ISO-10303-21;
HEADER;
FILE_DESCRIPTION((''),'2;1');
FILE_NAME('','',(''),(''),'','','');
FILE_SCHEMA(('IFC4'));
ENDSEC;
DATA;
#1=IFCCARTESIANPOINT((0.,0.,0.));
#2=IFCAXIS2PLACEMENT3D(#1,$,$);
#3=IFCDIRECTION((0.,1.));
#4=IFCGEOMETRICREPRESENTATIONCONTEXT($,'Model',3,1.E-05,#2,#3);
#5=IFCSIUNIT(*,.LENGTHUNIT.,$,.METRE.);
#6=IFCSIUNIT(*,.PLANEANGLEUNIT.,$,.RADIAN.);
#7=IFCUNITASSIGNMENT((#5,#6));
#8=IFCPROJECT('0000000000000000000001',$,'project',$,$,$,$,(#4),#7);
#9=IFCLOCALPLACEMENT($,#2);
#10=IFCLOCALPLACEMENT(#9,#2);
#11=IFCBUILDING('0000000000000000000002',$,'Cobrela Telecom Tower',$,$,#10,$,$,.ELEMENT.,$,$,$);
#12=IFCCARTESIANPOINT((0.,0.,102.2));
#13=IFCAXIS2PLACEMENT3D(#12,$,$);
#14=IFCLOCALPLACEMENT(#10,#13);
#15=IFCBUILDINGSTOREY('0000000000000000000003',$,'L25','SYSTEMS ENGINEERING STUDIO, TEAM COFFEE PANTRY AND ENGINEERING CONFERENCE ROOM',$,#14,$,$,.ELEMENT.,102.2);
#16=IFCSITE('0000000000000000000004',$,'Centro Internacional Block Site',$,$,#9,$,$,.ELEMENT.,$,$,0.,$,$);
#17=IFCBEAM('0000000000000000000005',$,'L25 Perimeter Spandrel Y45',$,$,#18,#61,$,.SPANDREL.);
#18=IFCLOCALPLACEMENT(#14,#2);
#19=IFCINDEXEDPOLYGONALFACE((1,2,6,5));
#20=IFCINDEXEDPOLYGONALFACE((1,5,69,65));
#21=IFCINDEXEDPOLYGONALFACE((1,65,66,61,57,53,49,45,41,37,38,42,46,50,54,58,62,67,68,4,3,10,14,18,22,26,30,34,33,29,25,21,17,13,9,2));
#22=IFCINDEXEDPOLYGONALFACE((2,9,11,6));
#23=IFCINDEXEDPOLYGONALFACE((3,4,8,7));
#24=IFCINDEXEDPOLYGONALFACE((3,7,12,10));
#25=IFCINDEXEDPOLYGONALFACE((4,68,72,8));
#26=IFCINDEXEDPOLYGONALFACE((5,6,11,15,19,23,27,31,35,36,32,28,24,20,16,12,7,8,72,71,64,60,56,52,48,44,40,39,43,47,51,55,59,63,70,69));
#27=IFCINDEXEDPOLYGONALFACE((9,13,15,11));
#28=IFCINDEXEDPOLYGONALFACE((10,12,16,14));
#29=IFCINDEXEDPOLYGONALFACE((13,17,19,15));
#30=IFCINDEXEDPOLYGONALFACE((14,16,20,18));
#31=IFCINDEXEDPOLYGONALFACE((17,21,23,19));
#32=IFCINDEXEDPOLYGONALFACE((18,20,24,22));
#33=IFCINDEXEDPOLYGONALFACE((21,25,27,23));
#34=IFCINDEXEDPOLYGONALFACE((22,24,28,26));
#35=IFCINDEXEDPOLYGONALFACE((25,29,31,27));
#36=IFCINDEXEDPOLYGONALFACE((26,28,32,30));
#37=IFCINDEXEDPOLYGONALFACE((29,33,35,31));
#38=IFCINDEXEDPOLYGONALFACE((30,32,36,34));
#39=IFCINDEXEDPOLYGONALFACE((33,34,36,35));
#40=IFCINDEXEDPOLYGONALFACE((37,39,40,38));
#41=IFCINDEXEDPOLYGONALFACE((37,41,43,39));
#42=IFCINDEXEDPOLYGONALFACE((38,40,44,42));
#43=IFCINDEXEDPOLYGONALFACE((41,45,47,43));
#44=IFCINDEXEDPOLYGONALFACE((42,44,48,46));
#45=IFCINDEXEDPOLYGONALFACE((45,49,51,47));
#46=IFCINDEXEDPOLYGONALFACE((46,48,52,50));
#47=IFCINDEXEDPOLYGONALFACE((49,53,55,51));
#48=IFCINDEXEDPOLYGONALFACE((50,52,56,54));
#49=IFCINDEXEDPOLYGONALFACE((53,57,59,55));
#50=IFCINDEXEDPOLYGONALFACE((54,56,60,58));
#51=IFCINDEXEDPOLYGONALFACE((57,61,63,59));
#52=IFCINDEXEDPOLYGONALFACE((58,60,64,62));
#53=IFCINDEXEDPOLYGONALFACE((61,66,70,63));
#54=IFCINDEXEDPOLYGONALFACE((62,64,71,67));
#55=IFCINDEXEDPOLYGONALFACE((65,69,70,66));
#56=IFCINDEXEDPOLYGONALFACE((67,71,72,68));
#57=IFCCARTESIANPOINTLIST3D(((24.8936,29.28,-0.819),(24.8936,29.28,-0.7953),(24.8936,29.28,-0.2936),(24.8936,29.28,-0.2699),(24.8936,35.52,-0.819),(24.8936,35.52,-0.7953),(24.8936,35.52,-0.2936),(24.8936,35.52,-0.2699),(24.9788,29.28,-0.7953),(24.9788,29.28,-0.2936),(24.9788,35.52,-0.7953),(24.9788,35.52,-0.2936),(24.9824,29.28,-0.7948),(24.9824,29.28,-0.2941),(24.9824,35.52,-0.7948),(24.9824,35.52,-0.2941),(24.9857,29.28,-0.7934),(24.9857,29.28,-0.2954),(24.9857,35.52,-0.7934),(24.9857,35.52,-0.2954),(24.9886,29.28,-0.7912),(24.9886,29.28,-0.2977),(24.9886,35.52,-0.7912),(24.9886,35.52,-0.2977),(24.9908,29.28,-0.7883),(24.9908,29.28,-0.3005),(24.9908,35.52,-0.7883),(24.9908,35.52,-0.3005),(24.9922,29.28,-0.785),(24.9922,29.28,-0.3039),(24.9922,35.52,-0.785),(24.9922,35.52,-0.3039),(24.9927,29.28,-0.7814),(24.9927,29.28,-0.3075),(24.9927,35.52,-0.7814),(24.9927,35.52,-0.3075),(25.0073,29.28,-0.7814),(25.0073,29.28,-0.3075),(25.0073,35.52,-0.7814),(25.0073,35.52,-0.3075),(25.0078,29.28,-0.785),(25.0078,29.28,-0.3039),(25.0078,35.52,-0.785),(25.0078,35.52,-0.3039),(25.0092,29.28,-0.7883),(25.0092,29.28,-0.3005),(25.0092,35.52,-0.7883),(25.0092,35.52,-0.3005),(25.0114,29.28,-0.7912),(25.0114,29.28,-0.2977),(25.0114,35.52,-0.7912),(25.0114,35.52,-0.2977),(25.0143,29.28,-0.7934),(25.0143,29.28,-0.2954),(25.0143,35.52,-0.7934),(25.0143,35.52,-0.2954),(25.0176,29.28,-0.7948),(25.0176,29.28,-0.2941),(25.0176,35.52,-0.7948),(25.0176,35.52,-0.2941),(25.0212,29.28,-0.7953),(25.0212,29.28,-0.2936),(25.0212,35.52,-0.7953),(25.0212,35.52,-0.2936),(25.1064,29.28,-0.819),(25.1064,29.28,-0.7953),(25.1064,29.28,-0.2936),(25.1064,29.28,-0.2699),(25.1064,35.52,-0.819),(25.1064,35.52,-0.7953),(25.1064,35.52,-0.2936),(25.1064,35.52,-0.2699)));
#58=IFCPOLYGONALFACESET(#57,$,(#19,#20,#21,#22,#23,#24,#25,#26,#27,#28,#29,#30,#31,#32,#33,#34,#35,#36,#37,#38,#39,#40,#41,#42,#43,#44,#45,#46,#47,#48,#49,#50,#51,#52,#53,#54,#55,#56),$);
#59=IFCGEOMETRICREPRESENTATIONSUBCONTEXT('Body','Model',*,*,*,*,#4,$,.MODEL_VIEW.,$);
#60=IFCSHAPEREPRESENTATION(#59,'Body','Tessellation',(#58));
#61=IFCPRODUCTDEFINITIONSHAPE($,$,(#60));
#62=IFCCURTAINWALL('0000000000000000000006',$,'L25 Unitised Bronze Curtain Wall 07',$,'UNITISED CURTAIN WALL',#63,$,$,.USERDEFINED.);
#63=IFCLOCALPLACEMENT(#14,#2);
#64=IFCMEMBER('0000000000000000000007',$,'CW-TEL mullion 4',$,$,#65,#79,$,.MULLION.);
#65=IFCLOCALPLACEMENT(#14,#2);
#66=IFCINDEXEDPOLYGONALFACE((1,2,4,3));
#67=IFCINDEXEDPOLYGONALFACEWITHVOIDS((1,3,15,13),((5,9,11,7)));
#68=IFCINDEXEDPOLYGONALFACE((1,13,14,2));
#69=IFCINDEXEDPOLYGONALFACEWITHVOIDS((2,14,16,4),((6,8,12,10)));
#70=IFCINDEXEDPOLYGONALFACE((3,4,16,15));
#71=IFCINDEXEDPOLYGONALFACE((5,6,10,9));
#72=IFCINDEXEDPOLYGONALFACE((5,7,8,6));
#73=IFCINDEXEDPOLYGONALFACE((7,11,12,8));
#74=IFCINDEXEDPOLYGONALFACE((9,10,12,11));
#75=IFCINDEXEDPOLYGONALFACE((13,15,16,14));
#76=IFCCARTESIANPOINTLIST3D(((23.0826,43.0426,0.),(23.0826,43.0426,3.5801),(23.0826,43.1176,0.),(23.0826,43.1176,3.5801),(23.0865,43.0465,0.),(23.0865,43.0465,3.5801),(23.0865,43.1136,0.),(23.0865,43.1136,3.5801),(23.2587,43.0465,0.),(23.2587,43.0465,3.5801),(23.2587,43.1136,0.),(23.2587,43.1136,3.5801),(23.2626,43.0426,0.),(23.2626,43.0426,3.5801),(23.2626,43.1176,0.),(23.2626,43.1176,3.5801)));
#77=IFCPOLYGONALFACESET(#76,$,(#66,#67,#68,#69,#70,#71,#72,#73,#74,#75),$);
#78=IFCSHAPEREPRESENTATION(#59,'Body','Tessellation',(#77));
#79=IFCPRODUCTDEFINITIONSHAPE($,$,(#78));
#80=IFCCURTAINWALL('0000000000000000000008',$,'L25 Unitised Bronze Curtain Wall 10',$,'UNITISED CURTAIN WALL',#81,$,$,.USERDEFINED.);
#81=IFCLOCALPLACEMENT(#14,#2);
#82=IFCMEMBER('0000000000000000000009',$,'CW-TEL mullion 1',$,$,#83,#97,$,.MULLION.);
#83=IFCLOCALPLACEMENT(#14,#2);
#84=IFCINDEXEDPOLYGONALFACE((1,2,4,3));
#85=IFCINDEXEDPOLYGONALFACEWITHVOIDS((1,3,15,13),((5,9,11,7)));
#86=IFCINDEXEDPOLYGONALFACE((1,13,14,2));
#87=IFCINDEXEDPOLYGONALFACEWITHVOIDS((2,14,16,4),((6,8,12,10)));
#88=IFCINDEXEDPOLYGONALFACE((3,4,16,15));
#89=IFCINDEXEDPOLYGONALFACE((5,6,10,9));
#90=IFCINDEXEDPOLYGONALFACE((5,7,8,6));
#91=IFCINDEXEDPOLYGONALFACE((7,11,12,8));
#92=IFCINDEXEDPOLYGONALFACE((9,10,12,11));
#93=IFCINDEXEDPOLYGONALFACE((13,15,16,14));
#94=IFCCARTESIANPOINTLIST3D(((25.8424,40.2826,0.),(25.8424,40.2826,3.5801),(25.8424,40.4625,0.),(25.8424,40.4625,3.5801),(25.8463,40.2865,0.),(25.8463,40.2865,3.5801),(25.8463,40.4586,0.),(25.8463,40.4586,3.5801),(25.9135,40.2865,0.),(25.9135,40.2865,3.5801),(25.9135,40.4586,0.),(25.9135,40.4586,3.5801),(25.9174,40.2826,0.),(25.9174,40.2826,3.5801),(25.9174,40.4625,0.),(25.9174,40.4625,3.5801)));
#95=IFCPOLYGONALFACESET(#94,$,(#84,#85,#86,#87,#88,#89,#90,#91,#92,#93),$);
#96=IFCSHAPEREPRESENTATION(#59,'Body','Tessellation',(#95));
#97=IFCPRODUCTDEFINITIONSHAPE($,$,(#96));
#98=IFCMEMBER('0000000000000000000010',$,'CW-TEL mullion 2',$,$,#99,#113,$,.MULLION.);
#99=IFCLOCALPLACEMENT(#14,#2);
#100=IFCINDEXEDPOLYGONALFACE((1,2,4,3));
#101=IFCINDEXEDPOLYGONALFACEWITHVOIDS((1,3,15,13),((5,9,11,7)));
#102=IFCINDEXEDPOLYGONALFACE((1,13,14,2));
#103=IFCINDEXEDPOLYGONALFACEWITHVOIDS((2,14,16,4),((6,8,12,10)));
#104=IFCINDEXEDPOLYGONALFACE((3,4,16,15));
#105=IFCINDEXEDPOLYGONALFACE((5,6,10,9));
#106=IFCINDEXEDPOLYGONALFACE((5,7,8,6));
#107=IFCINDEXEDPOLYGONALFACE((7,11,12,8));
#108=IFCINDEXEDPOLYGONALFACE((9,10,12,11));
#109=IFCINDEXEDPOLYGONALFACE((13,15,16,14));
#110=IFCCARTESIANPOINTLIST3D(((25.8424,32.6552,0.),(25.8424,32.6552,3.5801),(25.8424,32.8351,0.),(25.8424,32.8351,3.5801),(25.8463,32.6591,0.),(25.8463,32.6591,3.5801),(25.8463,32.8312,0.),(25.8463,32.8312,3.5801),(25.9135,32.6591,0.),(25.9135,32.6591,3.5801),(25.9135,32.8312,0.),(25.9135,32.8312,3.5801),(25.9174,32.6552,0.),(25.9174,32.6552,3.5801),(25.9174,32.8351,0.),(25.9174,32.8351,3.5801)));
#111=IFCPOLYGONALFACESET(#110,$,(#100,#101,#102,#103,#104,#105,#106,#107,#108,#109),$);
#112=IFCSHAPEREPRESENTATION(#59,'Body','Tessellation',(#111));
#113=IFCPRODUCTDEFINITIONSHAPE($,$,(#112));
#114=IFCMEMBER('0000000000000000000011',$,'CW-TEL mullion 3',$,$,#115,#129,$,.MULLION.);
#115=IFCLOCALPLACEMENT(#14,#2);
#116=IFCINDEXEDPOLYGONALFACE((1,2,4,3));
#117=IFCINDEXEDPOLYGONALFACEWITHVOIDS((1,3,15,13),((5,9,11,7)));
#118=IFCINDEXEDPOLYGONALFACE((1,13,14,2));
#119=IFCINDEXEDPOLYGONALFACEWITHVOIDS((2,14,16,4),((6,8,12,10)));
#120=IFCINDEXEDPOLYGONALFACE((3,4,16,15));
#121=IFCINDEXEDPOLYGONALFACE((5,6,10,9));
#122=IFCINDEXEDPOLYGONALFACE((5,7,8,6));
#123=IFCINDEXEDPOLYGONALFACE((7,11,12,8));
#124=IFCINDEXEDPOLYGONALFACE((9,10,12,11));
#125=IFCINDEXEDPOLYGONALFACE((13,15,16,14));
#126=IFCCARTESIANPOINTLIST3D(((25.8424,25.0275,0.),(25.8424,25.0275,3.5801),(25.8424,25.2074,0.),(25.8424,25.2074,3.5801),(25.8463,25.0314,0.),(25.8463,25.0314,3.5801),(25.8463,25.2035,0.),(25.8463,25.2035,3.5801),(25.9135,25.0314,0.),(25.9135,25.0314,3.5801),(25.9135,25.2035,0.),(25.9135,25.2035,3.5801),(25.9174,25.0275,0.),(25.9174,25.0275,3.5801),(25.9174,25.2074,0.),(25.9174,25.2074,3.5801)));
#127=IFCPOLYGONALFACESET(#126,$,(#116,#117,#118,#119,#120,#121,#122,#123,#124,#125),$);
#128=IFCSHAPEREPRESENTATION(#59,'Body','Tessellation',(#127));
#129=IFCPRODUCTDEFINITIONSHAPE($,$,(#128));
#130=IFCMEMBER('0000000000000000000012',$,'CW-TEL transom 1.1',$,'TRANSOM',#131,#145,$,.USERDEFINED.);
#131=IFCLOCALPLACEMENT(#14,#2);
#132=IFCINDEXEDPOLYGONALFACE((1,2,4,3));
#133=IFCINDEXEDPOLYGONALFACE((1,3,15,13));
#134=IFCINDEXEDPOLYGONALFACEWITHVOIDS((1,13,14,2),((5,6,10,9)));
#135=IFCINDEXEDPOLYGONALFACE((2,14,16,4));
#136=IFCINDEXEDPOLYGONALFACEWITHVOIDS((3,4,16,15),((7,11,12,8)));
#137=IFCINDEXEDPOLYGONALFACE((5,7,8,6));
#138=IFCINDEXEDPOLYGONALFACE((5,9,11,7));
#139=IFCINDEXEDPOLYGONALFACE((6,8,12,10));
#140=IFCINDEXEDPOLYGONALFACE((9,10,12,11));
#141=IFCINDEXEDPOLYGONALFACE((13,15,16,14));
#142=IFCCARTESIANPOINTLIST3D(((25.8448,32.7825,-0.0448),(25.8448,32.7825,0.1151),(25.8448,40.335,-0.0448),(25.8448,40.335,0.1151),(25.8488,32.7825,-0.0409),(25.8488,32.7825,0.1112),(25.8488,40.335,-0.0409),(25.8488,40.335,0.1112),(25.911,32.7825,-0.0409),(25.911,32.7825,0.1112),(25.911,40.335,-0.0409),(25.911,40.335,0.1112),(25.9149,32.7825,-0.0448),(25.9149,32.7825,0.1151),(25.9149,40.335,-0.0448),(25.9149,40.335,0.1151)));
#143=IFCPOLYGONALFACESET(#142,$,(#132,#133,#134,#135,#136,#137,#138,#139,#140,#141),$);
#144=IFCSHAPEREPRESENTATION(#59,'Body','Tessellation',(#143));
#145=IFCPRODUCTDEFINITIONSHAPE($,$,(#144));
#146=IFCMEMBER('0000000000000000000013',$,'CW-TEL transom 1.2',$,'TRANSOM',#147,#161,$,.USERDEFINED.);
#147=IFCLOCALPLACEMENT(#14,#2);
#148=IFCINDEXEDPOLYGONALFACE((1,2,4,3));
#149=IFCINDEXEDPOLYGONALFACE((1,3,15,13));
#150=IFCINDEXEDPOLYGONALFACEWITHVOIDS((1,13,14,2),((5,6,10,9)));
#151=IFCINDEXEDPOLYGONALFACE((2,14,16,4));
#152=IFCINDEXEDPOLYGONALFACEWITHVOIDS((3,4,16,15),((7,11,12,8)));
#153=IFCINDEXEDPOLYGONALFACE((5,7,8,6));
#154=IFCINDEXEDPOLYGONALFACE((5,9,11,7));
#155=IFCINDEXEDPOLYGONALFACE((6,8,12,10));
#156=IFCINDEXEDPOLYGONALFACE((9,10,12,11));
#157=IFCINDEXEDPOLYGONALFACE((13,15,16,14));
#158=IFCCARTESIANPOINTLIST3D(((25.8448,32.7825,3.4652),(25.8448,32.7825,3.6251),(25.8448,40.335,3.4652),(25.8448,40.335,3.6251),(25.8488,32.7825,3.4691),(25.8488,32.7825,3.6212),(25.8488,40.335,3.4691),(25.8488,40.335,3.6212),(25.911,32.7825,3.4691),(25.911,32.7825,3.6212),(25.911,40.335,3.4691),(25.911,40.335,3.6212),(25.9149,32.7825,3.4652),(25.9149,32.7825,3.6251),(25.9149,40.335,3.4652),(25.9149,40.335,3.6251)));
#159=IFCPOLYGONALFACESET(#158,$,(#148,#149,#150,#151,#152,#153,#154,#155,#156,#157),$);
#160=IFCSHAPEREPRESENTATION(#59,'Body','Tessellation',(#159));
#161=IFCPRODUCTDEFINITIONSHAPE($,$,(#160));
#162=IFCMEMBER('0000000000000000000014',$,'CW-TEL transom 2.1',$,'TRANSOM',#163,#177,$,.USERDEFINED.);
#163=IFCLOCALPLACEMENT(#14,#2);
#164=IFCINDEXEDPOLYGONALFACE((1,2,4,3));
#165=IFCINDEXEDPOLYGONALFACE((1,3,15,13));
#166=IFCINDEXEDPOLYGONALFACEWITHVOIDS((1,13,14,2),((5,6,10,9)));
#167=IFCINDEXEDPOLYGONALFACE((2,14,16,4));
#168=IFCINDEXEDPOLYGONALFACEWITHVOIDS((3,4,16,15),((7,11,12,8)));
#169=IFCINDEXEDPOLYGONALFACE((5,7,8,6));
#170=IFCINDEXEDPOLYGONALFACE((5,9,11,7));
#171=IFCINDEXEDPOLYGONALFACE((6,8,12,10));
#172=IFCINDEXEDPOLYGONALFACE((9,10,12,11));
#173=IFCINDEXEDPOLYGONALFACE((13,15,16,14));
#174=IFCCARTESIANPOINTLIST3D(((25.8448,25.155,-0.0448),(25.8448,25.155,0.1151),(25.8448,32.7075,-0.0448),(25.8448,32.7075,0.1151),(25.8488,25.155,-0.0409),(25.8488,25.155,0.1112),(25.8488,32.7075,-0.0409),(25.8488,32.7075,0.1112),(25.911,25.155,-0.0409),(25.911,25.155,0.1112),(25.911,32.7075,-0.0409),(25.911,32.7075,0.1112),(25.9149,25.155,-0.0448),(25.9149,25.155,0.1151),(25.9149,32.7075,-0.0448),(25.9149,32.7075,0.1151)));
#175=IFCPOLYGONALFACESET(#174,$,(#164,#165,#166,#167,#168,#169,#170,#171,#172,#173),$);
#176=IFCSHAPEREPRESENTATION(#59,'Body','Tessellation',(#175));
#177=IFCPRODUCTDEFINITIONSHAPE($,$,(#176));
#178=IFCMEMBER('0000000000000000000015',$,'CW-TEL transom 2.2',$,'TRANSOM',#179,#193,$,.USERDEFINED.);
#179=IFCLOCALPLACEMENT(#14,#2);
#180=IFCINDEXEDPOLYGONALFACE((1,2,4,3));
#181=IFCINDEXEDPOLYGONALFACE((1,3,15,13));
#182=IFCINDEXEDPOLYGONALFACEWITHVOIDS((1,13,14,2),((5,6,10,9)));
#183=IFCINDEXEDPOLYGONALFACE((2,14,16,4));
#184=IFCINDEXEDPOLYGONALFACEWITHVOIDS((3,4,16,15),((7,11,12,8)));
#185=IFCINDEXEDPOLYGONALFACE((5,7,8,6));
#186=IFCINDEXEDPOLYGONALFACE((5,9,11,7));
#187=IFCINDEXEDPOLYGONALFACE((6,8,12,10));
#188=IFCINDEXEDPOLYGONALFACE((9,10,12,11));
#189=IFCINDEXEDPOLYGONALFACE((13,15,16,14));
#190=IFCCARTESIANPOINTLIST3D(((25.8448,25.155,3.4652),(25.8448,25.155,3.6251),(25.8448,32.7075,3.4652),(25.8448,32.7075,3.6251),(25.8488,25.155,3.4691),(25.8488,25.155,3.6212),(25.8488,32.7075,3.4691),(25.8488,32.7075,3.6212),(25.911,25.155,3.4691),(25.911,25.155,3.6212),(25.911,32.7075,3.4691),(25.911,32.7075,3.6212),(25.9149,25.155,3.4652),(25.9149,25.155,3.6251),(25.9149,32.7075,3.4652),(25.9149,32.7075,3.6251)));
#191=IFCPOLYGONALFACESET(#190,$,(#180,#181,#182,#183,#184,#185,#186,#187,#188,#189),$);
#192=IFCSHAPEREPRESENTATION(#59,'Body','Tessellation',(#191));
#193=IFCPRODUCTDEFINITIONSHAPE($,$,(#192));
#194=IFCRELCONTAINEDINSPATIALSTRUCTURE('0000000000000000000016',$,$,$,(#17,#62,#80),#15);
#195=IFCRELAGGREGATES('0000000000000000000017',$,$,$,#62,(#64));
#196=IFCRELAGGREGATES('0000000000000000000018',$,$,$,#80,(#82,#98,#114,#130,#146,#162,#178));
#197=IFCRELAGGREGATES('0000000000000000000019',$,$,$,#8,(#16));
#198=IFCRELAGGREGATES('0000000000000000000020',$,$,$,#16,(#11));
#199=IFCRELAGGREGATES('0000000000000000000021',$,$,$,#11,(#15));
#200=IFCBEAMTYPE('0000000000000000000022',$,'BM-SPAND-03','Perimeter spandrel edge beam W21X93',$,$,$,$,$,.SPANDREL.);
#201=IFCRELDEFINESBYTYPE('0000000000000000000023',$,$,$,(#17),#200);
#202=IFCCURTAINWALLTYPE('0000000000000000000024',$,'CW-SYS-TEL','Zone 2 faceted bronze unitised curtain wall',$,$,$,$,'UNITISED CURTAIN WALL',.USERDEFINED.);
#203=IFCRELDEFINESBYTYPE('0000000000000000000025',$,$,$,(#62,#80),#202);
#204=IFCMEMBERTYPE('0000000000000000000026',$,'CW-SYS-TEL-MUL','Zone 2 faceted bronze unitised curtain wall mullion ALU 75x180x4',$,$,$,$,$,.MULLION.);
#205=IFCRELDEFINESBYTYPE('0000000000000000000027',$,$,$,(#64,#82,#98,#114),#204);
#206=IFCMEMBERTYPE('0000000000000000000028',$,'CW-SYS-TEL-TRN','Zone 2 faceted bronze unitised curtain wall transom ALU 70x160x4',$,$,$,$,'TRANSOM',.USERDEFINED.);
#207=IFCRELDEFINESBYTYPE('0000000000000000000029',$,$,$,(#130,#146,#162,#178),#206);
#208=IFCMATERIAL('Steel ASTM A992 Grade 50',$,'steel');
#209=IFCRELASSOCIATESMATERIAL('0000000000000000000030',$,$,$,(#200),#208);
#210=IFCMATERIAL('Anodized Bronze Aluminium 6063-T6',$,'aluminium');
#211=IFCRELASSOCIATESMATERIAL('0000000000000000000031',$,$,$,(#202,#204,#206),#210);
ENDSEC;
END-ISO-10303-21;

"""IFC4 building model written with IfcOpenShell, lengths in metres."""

from ifc_helpers import new_model, si_unit, direction, frame, origin, origin_2d, place, context, subcontext, project, spatial, hollow_rectangle, i_section, extrude, material, material_profile, profile_set, type_object, element, aggregate, save


model = new_model("IFC4")

# Units and contexts
model_context = context("Model", 3, precision=1e-05, world=origin(), true_north=direction((0.0, 1.0)))
body_context = subcontext(model_context, "Body", "Model", "MODEL_VIEW")
ifc_project = project(units=[si_unit("LENGTHUNIT", "METRE"), si_unit("PLANEANGLEUNIT", "RADIAN")], contexts=[model_context])

# Site, building, storey
site_placement = place(None, origin())
site = spatial("IfcSite", under=ifc_project, at=site_placement, Name="Centro Internacional Block Site", CompositionType="ELEMENT", RefElevation=0.0)
building_placement = place(site_placement, origin())
building = spatial("IfcBuilding", under=site, at=building_placement, Name="Cobrela Telecom Tower", CompositionType="ELEMENT")
storey_placement = place(building_placement, frame((0.0, 0.0, 102.2)))
storey = spatial("IfcBuildingStorey", under=building, at=storey_placement, Name="L25", Description="SYSTEMS ENGINEERING STUDIO, TEAM COFFEE PANTRY AND ENGINEERING CONFERENCE ROOM", CompositionType="ELEMENT", Elevation=102.2)

# Shared definitions
ifc_material_1 = material(Name="Steel ASTM A992 Grade 50", Category="steel")

# Beam
ifc_material_profile_1 = material_profile(ifc_material_1, i_section(OverallWidth=0.2129, OverallDepth=0.5491, WebThickness=0.0146, FlangeThickness=0.0237, FilletRadius=0.0139, at=origin_2d()), Name="W21X93")
ifc_profile_set_1 = profile_set([ifc_material_profile_1], Name="Steel ASTM A992 Grade 50")
beam_type_1 = type_object("IfcBeamType", Name="BM-SPAND-03", Description="Perimeter spandrel edge beam W21X93", PredefinedType="SPANDREL", material=ifc_profile_set_1)
beam_1_placement = place(storey_placement, frame((25.0, 29.28, -0.5444), z_axis=(0.0, 1.0, 0.0), x_axis=(-1.0, 0.0, 0.0)))
element("IfcBeam", 1, at=beam_1_placement, inside=storey, type_object=beam_type_1, Name="L25 Perimeter Spandrel Y45", PredefinedType="SPANDREL", context=body_context, shape_type="SweptSolid", body=[
    extrude(i_section(OverallWidth=0.2129, OverallDepth=0.5491, WebThickness=0.0146, FlangeThickness=0.0237, FilletRadius=0.0139, at=origin_2d()), origin(), (0.0, 0.0, 1.0), 6.24),
])

# Curtain wall, member
ifc_material_2 = material(Name="Anodized Bronze Aluminium 6063-T6", Category="aluminium")
curtain_wall_type = type_object("IfcCurtainWallType", Name="CW-SYS-TEL", Description="Zone 2 faceted bronze unitised curtain wall", ElementType="UNITISED CURTAIN WALL", PredefinedType="USERDEFINED", material=ifc_material_2)
curtain_wall_1_placement = place(storey_placement, origin())
curtain_wall_1 = element("IfcCurtainWall", 2, at=curtain_wall_1_placement, inside=storey, type_object=curtain_wall_type, Name="L25 Unitised Bronze Curtain Wall 07", ObjectType="UNITISED CURTAIN WALL", PredefinedType="USERDEFINED")
ifc_material_profile_2 = material_profile(ifc_material_2, hollow_rectangle(XDim=0.075, YDim=0.1799, WallThickness=0.0039, at=origin_2d()), Name="ALU 75x180x4")
ifc_profile_set_2 = profile_set([ifc_material_profile_2], Name="Anodized Bronze Aluminium 6063-T6")
member_type_1 = type_object("IfcMemberType", Name="CW-SYS-TEL-MUL", Description="Zone 2 faceted bronze unitised curtain wall mullion ALU 75x180x4", PredefinedType="MULLION", material=ifc_profile_set_2)
member_1_placement = place(storey_placement, frame((23.1726, 43.0801, 0.0), z_axis=(0.0, 0.0, 1.0), x_axis=(0.0, 1.0, 0.0)))
member_1 = element("IfcMember", 3, at=member_1_placement, type_object=member_type_1, Name="CW-TEL mullion 4", PredefinedType="MULLION", context=body_context, shape_type="SweptSolid", body=[
    extrude(hollow_rectangle(XDim=0.075, YDim=0.1799, WallThickness=0.0039, at=origin_2d()), origin(), (0.0, 0.0, 1.0), 3.5801),
])

# Curtain wall, members
curtain_wall_2_placement = place(storey_placement, origin())
curtain_wall_2 = element("IfcCurtainWall", 4, at=curtain_wall_2_placement, inside=storey, type_object=curtain_wall_type, Name="L25 Unitised Bronze Curtain Wall 10", ObjectType="UNITISED CURTAIN WALL", PredefinedType="USERDEFINED")
member_2_placement = place(storey_placement, frame((25.8799, 40.3726, 0.0), z_axis=(0.0, 0.0, 1.0), x_axis=(1.0, 0.0, 0.0)))
member_2 = element("IfcMember", 5, at=member_2_placement, type_object=member_type_1, Name="CW-TEL mullion 1", PredefinedType="MULLION", context=body_context, shape_type="SweptSolid", body=[
    extrude(hollow_rectangle(XDim=0.075, YDim=0.1799, WallThickness=0.0039, at=origin_2d()), origin(), (0.0, 0.0, 1.0), 3.5801),
])
member_3_placement = place(storey_placement, frame((25.8799, 32.7451, 0.0), z_axis=(0.0, 0.0, 1.0), x_axis=(1.0, 0.0, 0.0)))
member_3 = element("IfcMember", 6, at=member_3_placement, type_object=member_type_1, Name="CW-TEL mullion 2", PredefinedType="MULLION", context=body_context, shape_type="SweptSolid", body=[
    extrude(hollow_rectangle(XDim=0.075, YDim=0.1799, WallThickness=0.0039, at=origin_2d()), origin(), (0.0, 0.0, 1.0), 3.5801),
])
member_4_placement = place(storey_placement, frame((25.8799, 25.1174, 0.0), z_axis=(0.0, 0.0, 1.0), x_axis=(1.0, 0.0, 0.0)))
member_4 = element("IfcMember", 7, at=member_4_placement, type_object=member_type_1, Name="CW-TEL mullion 3", PredefinedType="MULLION", context=body_context, shape_type="SweptSolid", body=[
    extrude(hollow_rectangle(XDim=0.075, YDim=0.1799, WallThickness=0.0039, at=origin_2d()), origin(), (0.0, 0.0, 1.0), 3.5801),
])
ifc_material_profile_3 = material_profile(ifc_material_2, hollow_rectangle(XDim=0.0701, YDim=0.1599, WallThickness=0.0039, at=origin_2d()), Name="ALU 70x160x4")
ifc_profile_set_3 = profile_set([ifc_material_profile_3], Name="Anodized Bronze Aluminium 6063-T6")
member_type_2 = type_object("IfcMemberType", Name="CW-SYS-TEL-TRN", Description="Zone 2 faceted bronze unitised curtain wall transom ALU 70x160x4", ElementType="TRANSOM", PredefinedType="USERDEFINED", material=ifc_profile_set_3)
member_5_placement = place(storey_placement, frame((25.8799, 40.335, 0.0352), z_axis=(0.0, -1.0, 0.0), x_axis=(1.0, 0.0, 0.0)))
member_5 = element("IfcMember", 8, at=member_5_placement, type_object=member_type_2, Name="CW-TEL transom 1.1", ObjectType="TRANSOM", PredefinedType="USERDEFINED", context=body_context, shape_type="SweptSolid", body=[
    extrude(hollow_rectangle(XDim=0.0701, YDim=0.1599, WallThickness=0.0039, at=origin_2d()), origin(), (0.0, 0.0, 1.0), 7.5525),
])
member_6_placement = place(storey_placement, frame((25.8799, 40.335, 3.5452), z_axis=(0.0, -1.0, 0.0), x_axis=(1.0, 0.0, 0.0)))
member_6 = element("IfcMember", 9, at=member_6_placement, type_object=member_type_2, Name="CW-TEL transom 1.2", ObjectType="TRANSOM", PredefinedType="USERDEFINED", context=body_context, shape_type="SweptSolid", body=[
    extrude(hollow_rectangle(XDim=0.0701, YDim=0.1599, WallThickness=0.0039, at=origin_2d()), origin(), (0.0, 0.0, 1.0), 7.5525),
])
member_7_placement = place(storey_placement, frame((25.8799, 32.7075, 0.0352), z_axis=(0.0, -1.0, 0.0), x_axis=(1.0, 0.0, 0.0)))
member_7 = element("IfcMember", 10, at=member_7_placement, type_object=member_type_2, Name="CW-TEL transom 2.1", ObjectType="TRANSOM", PredefinedType="USERDEFINED", context=body_context, shape_type="SweptSolid", body=[
    extrude(hollow_rectangle(XDim=0.0701, YDim=0.1599, WallThickness=0.0039, at=origin_2d()), origin(), (0.0, 0.0, 1.0), 7.5525),
])
member_8_placement = place(storey_placement, frame((25.8799, 32.7075, 3.5452), z_axis=(0.0, -1.0, 0.0), x_axis=(1.0, 0.0, 0.0)))
member_8 = element("IfcMember", 11, at=member_8_placement, type_object=member_type_2, Name="CW-TEL transom 2.2", ObjectType="TRANSOM", PredefinedType="USERDEFINED", context=body_context, shape_type="SweptSolid", body=[
    extrude(hollow_rectangle(XDim=0.0701, YDim=0.1599, WallThickness=0.0039, at=origin_2d()), origin(), (0.0, 0.0, 1.0), 7.5525),
])

aggregate(curtain_wall_1, [member_1])
aggregate(curtain_wall_2, [member_2, member_3, member_4, member_5, member_6, member_7, member_8])

save(model, "model.ifc")
